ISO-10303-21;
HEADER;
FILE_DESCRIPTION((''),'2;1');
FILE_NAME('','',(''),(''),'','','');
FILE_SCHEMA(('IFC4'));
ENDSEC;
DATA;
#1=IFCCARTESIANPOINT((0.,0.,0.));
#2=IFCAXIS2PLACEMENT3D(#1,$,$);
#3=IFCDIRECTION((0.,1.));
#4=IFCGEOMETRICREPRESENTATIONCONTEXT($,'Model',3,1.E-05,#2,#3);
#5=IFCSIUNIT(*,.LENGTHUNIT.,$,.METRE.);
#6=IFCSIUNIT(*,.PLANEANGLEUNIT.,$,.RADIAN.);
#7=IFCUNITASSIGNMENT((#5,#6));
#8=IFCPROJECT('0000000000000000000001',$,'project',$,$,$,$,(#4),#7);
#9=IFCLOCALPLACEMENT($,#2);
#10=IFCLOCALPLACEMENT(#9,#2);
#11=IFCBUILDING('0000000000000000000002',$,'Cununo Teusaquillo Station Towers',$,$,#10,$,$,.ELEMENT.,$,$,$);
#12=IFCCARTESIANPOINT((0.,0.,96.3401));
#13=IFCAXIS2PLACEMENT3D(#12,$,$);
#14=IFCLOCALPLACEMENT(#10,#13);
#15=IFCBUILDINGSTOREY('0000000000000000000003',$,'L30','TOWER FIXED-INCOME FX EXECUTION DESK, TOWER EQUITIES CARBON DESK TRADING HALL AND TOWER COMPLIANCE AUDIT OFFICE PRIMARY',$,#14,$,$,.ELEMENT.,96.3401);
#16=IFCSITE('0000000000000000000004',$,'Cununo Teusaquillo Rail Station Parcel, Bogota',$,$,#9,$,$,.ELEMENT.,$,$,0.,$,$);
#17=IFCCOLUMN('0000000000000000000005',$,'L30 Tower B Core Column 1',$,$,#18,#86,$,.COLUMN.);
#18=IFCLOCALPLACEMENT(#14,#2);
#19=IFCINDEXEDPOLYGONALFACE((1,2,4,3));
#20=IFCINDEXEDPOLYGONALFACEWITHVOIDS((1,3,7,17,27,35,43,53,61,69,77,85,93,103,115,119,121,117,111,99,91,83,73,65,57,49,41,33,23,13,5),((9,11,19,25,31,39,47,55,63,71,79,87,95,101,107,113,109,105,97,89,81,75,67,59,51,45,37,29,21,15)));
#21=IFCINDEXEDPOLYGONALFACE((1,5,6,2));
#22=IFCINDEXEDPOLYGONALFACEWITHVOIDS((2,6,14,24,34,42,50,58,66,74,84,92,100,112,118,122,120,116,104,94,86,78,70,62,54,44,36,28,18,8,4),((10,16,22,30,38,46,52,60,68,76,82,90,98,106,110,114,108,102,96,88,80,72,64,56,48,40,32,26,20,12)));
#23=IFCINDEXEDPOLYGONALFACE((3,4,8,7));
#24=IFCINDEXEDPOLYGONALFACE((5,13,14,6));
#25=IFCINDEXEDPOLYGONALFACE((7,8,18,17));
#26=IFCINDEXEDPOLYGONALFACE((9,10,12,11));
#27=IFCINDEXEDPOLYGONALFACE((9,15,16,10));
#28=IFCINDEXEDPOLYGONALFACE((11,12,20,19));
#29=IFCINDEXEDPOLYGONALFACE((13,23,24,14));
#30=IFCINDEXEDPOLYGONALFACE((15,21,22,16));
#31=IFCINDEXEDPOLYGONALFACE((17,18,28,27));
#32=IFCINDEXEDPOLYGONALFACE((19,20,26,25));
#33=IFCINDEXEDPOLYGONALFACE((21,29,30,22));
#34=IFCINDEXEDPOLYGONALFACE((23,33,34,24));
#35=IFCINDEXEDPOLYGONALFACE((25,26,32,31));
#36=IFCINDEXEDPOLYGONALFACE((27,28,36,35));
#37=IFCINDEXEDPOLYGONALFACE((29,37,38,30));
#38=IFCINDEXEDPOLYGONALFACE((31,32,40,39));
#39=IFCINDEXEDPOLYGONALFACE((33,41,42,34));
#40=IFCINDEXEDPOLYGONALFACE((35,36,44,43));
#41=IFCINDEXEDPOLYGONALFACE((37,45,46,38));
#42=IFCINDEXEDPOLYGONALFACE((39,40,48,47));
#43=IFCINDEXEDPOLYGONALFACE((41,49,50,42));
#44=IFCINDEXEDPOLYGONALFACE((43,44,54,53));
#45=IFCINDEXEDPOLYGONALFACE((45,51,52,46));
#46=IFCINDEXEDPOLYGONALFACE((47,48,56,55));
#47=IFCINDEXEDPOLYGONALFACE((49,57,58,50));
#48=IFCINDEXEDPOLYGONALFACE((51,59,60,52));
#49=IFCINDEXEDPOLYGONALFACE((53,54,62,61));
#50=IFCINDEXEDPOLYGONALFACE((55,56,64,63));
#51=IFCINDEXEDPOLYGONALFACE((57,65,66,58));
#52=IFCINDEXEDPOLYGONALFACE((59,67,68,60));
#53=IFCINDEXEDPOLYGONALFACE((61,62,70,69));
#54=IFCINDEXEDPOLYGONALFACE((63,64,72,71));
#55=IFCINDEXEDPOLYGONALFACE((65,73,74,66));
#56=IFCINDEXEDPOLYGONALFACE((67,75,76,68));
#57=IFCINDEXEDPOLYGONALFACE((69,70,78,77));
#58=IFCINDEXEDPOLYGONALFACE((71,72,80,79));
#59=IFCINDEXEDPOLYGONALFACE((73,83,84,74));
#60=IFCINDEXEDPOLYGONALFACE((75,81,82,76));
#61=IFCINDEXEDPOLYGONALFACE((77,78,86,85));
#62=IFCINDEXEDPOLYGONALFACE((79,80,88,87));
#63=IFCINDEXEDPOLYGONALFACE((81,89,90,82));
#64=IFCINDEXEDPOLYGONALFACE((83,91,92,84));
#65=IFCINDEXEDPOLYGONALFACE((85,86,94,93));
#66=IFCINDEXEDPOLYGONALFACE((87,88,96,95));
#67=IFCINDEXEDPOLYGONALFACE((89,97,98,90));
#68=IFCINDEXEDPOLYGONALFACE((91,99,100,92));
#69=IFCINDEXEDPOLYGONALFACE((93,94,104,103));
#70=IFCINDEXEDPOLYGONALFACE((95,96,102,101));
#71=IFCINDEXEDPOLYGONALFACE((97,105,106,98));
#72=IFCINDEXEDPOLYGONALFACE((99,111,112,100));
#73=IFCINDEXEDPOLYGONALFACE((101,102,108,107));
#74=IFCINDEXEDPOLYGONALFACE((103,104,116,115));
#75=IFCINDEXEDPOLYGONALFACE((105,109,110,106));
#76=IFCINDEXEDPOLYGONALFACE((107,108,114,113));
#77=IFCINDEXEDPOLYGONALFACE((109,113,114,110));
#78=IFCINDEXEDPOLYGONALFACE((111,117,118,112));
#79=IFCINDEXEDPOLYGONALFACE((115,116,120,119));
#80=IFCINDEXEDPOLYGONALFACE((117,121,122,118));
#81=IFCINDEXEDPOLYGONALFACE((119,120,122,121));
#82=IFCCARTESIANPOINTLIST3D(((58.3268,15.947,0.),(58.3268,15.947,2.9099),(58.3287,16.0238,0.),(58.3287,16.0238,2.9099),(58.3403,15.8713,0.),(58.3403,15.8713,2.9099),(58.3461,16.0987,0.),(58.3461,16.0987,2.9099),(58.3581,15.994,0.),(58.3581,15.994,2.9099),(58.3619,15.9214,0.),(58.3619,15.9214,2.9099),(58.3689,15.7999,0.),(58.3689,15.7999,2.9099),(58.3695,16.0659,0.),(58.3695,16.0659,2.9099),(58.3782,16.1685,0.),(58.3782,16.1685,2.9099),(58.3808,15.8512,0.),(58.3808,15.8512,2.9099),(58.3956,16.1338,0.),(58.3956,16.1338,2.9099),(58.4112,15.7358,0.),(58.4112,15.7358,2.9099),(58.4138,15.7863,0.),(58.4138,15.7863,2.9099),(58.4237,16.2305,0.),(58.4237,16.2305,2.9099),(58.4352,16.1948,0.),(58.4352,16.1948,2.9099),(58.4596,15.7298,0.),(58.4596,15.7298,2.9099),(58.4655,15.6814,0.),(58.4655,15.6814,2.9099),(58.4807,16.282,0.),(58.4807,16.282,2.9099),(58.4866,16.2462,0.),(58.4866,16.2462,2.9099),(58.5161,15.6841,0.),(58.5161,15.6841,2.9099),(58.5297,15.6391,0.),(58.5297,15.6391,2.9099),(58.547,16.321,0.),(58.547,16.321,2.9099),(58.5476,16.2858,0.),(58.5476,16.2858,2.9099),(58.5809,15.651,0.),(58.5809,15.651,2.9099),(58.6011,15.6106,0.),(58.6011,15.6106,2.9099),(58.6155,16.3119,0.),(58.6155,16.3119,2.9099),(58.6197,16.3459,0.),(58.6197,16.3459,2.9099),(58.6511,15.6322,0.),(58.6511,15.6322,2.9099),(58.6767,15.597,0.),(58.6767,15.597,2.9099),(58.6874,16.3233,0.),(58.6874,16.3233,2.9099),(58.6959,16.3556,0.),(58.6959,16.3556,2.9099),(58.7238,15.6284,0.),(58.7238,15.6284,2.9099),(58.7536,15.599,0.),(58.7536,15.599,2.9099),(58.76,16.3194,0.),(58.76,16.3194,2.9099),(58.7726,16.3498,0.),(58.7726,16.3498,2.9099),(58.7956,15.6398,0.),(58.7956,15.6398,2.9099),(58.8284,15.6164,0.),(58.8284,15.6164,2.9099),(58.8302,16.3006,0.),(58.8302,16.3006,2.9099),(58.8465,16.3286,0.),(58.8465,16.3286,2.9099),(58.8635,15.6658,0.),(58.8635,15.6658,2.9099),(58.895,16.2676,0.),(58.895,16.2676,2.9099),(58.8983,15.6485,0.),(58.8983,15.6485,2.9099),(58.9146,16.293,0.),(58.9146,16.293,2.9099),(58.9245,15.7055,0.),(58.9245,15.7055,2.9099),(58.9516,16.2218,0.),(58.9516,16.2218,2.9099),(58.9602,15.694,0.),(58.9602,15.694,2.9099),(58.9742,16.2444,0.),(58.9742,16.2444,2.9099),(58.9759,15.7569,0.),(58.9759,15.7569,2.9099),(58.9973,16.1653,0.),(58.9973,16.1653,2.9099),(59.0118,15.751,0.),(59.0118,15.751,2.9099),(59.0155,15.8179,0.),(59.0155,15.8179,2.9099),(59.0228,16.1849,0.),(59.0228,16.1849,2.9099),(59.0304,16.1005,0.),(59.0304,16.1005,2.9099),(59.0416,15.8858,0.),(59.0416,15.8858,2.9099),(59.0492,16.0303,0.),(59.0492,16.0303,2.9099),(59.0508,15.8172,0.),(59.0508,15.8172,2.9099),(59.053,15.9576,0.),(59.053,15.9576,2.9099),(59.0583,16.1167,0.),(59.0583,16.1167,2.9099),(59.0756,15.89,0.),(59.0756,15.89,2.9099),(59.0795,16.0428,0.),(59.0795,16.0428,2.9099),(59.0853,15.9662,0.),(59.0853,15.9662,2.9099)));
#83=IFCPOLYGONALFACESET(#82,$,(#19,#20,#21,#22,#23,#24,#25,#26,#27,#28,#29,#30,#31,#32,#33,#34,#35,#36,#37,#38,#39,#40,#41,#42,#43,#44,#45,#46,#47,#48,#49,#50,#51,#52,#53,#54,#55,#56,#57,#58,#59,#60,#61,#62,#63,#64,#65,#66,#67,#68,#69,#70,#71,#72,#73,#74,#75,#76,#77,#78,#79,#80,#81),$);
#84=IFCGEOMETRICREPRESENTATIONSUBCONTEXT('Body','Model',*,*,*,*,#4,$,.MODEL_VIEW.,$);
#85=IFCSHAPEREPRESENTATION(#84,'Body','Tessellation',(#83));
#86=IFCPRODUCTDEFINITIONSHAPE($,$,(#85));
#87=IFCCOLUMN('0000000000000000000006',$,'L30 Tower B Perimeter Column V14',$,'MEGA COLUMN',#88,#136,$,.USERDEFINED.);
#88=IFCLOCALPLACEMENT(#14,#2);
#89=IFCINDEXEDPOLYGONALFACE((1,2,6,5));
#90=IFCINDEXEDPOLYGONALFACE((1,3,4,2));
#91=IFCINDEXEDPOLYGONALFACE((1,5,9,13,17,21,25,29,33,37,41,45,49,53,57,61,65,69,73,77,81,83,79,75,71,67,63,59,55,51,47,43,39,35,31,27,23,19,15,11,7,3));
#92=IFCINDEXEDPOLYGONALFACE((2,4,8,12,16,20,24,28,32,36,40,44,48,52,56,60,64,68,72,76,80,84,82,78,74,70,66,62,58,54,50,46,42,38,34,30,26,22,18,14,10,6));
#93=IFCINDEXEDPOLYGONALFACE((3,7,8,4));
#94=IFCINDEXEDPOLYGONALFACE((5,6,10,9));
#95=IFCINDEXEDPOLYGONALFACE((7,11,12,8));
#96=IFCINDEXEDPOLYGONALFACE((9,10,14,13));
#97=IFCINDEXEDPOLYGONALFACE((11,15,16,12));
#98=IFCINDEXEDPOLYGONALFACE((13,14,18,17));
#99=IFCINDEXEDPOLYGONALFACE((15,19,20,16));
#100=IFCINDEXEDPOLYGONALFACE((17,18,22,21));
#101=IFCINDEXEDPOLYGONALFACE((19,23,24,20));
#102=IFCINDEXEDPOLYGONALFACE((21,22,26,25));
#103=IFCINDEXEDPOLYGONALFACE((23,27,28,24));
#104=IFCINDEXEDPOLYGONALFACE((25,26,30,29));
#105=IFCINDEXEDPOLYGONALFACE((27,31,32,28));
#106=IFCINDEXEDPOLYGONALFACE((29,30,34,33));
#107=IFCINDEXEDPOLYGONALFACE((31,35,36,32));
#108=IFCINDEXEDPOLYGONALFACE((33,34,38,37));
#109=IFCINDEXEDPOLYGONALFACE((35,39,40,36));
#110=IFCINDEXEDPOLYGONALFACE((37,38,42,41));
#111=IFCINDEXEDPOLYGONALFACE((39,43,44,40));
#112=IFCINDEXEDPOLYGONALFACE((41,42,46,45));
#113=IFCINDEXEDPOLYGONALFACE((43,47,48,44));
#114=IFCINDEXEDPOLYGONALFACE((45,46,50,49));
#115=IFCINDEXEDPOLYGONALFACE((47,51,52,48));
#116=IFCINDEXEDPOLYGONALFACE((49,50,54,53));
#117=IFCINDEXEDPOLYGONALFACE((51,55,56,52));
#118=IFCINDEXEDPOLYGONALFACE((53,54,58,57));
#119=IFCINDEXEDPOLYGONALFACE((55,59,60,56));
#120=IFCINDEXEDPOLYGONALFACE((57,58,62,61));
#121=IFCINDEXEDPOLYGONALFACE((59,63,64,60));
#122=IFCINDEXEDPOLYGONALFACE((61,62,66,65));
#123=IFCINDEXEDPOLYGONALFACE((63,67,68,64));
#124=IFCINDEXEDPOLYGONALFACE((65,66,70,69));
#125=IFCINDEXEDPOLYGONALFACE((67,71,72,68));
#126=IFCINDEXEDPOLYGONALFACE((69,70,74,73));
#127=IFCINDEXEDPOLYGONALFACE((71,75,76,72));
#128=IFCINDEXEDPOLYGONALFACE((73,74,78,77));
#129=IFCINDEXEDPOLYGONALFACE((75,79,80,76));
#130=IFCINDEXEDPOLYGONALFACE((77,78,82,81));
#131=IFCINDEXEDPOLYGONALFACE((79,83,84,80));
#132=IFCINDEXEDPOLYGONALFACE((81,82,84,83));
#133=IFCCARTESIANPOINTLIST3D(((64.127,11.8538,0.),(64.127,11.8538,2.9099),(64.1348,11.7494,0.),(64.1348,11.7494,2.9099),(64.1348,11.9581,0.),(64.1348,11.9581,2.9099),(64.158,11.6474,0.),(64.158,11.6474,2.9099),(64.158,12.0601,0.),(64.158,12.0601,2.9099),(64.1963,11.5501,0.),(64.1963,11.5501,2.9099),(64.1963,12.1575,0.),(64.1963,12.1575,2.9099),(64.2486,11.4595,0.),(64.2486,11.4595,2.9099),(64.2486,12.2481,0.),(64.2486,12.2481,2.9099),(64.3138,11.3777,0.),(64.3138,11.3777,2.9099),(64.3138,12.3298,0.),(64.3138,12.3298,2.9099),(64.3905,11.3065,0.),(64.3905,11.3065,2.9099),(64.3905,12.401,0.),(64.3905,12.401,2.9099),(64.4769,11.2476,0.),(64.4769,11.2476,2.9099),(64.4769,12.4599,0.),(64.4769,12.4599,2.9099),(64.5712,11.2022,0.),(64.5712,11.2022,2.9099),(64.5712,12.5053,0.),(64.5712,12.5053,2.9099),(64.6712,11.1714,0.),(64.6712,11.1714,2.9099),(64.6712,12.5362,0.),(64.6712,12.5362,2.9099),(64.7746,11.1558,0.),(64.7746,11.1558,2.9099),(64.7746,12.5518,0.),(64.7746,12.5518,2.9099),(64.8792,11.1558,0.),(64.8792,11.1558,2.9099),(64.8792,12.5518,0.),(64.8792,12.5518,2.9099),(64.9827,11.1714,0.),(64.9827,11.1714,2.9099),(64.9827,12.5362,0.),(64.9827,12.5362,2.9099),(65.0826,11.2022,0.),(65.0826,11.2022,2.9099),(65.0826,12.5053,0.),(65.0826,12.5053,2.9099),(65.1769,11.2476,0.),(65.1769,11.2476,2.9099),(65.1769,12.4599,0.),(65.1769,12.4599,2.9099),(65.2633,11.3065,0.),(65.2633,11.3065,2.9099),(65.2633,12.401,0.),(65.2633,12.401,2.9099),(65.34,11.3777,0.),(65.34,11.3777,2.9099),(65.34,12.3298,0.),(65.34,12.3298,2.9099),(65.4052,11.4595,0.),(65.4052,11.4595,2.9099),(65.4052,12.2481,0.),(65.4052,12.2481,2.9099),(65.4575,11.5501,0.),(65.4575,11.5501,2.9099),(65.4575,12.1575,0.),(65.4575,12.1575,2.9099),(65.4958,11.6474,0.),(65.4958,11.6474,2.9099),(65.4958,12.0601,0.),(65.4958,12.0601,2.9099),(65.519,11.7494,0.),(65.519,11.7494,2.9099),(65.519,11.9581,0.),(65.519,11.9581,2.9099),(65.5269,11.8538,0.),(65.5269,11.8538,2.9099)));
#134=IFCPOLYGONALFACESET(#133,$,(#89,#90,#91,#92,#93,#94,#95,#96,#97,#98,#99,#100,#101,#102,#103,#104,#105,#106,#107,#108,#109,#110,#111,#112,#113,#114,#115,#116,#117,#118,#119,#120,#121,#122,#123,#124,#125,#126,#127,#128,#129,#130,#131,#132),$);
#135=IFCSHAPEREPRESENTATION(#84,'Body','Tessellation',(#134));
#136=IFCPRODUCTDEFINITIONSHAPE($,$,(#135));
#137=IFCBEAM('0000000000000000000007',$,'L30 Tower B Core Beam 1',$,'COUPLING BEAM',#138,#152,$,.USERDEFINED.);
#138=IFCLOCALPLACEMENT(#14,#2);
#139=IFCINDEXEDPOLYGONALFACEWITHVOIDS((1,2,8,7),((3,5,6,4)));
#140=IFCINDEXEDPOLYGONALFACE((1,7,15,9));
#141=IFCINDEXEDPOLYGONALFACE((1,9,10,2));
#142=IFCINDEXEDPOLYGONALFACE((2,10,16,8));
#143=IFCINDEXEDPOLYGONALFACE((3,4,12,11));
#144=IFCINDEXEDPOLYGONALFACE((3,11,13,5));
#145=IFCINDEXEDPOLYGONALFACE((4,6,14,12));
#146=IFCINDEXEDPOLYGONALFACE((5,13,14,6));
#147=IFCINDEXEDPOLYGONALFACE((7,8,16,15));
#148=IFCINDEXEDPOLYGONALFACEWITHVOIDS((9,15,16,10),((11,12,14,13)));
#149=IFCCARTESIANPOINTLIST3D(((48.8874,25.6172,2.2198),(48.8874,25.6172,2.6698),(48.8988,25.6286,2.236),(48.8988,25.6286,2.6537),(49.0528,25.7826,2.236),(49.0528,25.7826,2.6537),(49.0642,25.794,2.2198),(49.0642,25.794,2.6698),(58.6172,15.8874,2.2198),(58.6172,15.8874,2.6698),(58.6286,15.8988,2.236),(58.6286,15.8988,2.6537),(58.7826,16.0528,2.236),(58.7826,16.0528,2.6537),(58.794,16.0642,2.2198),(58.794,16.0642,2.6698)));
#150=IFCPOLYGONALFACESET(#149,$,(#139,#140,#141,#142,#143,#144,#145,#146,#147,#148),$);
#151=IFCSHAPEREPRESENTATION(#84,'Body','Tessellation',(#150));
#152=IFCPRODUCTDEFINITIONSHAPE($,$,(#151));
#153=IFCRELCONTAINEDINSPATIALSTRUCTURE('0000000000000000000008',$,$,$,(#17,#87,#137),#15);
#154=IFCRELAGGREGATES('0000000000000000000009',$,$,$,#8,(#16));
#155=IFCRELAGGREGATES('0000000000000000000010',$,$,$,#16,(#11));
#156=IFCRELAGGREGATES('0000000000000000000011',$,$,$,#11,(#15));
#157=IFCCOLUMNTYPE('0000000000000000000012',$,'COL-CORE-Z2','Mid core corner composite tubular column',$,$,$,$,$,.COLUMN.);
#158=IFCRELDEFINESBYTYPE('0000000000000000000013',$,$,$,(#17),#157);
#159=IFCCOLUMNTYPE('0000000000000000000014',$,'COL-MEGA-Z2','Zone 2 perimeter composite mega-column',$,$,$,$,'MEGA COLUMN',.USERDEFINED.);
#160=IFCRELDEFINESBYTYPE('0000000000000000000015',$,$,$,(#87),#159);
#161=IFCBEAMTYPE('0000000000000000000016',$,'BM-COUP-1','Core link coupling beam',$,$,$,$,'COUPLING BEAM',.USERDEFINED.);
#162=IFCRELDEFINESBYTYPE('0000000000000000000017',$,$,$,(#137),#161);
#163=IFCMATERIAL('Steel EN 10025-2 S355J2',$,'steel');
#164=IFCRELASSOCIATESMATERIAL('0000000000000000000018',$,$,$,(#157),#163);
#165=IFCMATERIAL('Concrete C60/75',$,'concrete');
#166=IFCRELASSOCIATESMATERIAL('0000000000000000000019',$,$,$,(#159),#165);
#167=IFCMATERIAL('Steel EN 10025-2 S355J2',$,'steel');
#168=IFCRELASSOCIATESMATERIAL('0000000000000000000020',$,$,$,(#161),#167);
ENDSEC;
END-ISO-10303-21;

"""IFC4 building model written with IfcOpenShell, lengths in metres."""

from ifc_helpers import new_model, si_unit, direction, frame, origin, origin_2d, place, context, subcontext, project, spatial, hollow_rectangle, circle, hollow_circle, extrude, material, material_profile, profile_set, type_object, element, save


model = new_model("IFC4")

# Units and contexts
model_context = context("Model", 3, precision=1e-05, world=origin(), true_north=direction((0.0, 1.0)))
body_context = subcontext(model_context, "Body", "Model", "MODEL_VIEW")
ifc_project = project(units=[si_unit("LENGTHUNIT", "METRE"), si_unit("PLANEANGLEUNIT", "RADIAN")], contexts=[model_context])

# Site, building, storey
site_placement = place(None, origin())
site = spatial("IfcSite", under=ifc_project, at=site_placement, Name="Cununo Teusaquillo Rail Station Parcel, Bogota", CompositionType="ELEMENT", RefElevation=0.0)
building_placement = place(site_placement, origin())
building = spatial("IfcBuilding", under=site, at=building_placement, Name="Cununo Teusaquillo Station Towers", CompositionType="ELEMENT")
storey_placement = place(building_placement, frame((0.0, 0.0, 96.3401)))
storey = spatial("IfcBuildingStorey", under=building, at=storey_placement, Name="L30", Description="TOWER FIXED-INCOME FX EXECUTION DESK, TOWER EQUITIES CARBON DESK TRADING HALL AND TOWER COMPLIANCE AUDIT OFFICE PRIMARY", CompositionType="ELEMENT", Elevation=96.3401)

# Columns
ifc_material_1 = material(Name="Steel EN 10025-2 S355J2", Category="steel")
ifc_material_profile_1 = material_profile(ifc_material_1, hollow_circle(Radius=0.3799, WallThickness=0.032, at=origin_2d()), Name="CHS 760x32")
ifc_profile_set_1 = profile_set([ifc_material_profile_1], Name="Steel EN 10025-2 S355J2")
column_type_1 = type_object("IfcColumnType", Name="COL-CORE-Z2", Description="Mid core corner composite tubular column", PredefinedType="COLUMN", material=ifc_profile_set_1)
column_1_placement = place(storey_placement, frame((58.7056, 15.9758, 0.0), z_axis=(0.0, 0.0, 1.0), x_axis=(0.707107, 0.707107, 0.0)))
element("IfcColumn", 1, at=column_1_placement, inside=storey, type_object=column_type_1, Name="L30 Tower B Core Column 1", PredefinedType="COLUMN", context=body_context, shape_type="SweptSolid", body=[
    extrude(hollow_circle(Radius=0.3799, WallThickness=0.032, at=origin_2d()), origin(), (0.0, 0.0, 1.0), 2.9099),
])
ifc_material_2 = material(Name="Concrete C60/75", Category="concrete")
ifc_material_profile_2 = material_profile(ifc_material_2, circle(Radius=0.7, at=origin_2d()), Name="RC-CIRC-1400")
ifc_profile_set_2 = profile_set([ifc_material_profile_2], Name="Concrete C60/75")
column_type_2 = type_object("IfcColumnType", Name="COL-MEGA-Z2", Description="Zone 2 perimeter composite mega-column", ElementType="MEGA COLUMN", PredefinedType="USERDEFINED", material=ifc_profile_set_2)
column_2_placement = place(storey_placement, frame((64.8269, 11.8538, 0.0), z_axis=(0.0, 0.0, 1.0), x_axis=(1.0, 0.0, 0.0)))
element("IfcColumn", 2, at=column_2_placement, inside=storey, type_object=column_type_2, Name="L30 Tower B Perimeter Column V14", ObjectType="MEGA COLUMN", PredefinedType="USERDEFINED", context=body_context, shape_type="SweptSolid", body=[
    extrude(circle(Radius=0.7, at=origin_2d()), origin(), (0.0, 0.0, 1.0), 2.9099),
])

# Beam
ifc_material_3 = material(Name="Steel EN 10025-2 S355J2", Category="steel")
ifc_material_profile_3 = material_profile(ifc_material_3, hollow_rectangle(XDim=0.25, YDim=0.45, WallThickness=0.0161, at=origin_2d()), Name="RHS 450x250x16")
ifc_profile_set_3 = profile_set([ifc_material_profile_3], Name="Steel EN 10025-2 S355J2")
beam_type_1 = type_object("IfcBeamType", Name="BM-COUP-1", Description="Core link coupling beam", ElementType="COUPLING BEAM", PredefinedType="USERDEFINED", material=ifc_profile_set_3)
beam_1_placement = place(storey_placement, frame((58.7056, 15.9758, 2.4448), z_axis=(-0.707107, 0.707107, 0.0), x_axis=(-0.707107, -0.707107, 0.0)))
element("IfcBeam", 3, at=beam_1_placement, inside=storey, type_object=beam_type_1, Name="L30 Tower B Core Beam 1", ObjectType="COUPLING BEAM", PredefinedType="USERDEFINED", context=body_context, shape_type="SweptSolid", body=[
    extrude(hollow_rectangle(XDim=0.25, YDim=0.45, WallThickness=0.0161, at=origin_2d()), origin(), (0.0, 0.0, 1.0), 13.76),
])

save(model, "model.ifc")
